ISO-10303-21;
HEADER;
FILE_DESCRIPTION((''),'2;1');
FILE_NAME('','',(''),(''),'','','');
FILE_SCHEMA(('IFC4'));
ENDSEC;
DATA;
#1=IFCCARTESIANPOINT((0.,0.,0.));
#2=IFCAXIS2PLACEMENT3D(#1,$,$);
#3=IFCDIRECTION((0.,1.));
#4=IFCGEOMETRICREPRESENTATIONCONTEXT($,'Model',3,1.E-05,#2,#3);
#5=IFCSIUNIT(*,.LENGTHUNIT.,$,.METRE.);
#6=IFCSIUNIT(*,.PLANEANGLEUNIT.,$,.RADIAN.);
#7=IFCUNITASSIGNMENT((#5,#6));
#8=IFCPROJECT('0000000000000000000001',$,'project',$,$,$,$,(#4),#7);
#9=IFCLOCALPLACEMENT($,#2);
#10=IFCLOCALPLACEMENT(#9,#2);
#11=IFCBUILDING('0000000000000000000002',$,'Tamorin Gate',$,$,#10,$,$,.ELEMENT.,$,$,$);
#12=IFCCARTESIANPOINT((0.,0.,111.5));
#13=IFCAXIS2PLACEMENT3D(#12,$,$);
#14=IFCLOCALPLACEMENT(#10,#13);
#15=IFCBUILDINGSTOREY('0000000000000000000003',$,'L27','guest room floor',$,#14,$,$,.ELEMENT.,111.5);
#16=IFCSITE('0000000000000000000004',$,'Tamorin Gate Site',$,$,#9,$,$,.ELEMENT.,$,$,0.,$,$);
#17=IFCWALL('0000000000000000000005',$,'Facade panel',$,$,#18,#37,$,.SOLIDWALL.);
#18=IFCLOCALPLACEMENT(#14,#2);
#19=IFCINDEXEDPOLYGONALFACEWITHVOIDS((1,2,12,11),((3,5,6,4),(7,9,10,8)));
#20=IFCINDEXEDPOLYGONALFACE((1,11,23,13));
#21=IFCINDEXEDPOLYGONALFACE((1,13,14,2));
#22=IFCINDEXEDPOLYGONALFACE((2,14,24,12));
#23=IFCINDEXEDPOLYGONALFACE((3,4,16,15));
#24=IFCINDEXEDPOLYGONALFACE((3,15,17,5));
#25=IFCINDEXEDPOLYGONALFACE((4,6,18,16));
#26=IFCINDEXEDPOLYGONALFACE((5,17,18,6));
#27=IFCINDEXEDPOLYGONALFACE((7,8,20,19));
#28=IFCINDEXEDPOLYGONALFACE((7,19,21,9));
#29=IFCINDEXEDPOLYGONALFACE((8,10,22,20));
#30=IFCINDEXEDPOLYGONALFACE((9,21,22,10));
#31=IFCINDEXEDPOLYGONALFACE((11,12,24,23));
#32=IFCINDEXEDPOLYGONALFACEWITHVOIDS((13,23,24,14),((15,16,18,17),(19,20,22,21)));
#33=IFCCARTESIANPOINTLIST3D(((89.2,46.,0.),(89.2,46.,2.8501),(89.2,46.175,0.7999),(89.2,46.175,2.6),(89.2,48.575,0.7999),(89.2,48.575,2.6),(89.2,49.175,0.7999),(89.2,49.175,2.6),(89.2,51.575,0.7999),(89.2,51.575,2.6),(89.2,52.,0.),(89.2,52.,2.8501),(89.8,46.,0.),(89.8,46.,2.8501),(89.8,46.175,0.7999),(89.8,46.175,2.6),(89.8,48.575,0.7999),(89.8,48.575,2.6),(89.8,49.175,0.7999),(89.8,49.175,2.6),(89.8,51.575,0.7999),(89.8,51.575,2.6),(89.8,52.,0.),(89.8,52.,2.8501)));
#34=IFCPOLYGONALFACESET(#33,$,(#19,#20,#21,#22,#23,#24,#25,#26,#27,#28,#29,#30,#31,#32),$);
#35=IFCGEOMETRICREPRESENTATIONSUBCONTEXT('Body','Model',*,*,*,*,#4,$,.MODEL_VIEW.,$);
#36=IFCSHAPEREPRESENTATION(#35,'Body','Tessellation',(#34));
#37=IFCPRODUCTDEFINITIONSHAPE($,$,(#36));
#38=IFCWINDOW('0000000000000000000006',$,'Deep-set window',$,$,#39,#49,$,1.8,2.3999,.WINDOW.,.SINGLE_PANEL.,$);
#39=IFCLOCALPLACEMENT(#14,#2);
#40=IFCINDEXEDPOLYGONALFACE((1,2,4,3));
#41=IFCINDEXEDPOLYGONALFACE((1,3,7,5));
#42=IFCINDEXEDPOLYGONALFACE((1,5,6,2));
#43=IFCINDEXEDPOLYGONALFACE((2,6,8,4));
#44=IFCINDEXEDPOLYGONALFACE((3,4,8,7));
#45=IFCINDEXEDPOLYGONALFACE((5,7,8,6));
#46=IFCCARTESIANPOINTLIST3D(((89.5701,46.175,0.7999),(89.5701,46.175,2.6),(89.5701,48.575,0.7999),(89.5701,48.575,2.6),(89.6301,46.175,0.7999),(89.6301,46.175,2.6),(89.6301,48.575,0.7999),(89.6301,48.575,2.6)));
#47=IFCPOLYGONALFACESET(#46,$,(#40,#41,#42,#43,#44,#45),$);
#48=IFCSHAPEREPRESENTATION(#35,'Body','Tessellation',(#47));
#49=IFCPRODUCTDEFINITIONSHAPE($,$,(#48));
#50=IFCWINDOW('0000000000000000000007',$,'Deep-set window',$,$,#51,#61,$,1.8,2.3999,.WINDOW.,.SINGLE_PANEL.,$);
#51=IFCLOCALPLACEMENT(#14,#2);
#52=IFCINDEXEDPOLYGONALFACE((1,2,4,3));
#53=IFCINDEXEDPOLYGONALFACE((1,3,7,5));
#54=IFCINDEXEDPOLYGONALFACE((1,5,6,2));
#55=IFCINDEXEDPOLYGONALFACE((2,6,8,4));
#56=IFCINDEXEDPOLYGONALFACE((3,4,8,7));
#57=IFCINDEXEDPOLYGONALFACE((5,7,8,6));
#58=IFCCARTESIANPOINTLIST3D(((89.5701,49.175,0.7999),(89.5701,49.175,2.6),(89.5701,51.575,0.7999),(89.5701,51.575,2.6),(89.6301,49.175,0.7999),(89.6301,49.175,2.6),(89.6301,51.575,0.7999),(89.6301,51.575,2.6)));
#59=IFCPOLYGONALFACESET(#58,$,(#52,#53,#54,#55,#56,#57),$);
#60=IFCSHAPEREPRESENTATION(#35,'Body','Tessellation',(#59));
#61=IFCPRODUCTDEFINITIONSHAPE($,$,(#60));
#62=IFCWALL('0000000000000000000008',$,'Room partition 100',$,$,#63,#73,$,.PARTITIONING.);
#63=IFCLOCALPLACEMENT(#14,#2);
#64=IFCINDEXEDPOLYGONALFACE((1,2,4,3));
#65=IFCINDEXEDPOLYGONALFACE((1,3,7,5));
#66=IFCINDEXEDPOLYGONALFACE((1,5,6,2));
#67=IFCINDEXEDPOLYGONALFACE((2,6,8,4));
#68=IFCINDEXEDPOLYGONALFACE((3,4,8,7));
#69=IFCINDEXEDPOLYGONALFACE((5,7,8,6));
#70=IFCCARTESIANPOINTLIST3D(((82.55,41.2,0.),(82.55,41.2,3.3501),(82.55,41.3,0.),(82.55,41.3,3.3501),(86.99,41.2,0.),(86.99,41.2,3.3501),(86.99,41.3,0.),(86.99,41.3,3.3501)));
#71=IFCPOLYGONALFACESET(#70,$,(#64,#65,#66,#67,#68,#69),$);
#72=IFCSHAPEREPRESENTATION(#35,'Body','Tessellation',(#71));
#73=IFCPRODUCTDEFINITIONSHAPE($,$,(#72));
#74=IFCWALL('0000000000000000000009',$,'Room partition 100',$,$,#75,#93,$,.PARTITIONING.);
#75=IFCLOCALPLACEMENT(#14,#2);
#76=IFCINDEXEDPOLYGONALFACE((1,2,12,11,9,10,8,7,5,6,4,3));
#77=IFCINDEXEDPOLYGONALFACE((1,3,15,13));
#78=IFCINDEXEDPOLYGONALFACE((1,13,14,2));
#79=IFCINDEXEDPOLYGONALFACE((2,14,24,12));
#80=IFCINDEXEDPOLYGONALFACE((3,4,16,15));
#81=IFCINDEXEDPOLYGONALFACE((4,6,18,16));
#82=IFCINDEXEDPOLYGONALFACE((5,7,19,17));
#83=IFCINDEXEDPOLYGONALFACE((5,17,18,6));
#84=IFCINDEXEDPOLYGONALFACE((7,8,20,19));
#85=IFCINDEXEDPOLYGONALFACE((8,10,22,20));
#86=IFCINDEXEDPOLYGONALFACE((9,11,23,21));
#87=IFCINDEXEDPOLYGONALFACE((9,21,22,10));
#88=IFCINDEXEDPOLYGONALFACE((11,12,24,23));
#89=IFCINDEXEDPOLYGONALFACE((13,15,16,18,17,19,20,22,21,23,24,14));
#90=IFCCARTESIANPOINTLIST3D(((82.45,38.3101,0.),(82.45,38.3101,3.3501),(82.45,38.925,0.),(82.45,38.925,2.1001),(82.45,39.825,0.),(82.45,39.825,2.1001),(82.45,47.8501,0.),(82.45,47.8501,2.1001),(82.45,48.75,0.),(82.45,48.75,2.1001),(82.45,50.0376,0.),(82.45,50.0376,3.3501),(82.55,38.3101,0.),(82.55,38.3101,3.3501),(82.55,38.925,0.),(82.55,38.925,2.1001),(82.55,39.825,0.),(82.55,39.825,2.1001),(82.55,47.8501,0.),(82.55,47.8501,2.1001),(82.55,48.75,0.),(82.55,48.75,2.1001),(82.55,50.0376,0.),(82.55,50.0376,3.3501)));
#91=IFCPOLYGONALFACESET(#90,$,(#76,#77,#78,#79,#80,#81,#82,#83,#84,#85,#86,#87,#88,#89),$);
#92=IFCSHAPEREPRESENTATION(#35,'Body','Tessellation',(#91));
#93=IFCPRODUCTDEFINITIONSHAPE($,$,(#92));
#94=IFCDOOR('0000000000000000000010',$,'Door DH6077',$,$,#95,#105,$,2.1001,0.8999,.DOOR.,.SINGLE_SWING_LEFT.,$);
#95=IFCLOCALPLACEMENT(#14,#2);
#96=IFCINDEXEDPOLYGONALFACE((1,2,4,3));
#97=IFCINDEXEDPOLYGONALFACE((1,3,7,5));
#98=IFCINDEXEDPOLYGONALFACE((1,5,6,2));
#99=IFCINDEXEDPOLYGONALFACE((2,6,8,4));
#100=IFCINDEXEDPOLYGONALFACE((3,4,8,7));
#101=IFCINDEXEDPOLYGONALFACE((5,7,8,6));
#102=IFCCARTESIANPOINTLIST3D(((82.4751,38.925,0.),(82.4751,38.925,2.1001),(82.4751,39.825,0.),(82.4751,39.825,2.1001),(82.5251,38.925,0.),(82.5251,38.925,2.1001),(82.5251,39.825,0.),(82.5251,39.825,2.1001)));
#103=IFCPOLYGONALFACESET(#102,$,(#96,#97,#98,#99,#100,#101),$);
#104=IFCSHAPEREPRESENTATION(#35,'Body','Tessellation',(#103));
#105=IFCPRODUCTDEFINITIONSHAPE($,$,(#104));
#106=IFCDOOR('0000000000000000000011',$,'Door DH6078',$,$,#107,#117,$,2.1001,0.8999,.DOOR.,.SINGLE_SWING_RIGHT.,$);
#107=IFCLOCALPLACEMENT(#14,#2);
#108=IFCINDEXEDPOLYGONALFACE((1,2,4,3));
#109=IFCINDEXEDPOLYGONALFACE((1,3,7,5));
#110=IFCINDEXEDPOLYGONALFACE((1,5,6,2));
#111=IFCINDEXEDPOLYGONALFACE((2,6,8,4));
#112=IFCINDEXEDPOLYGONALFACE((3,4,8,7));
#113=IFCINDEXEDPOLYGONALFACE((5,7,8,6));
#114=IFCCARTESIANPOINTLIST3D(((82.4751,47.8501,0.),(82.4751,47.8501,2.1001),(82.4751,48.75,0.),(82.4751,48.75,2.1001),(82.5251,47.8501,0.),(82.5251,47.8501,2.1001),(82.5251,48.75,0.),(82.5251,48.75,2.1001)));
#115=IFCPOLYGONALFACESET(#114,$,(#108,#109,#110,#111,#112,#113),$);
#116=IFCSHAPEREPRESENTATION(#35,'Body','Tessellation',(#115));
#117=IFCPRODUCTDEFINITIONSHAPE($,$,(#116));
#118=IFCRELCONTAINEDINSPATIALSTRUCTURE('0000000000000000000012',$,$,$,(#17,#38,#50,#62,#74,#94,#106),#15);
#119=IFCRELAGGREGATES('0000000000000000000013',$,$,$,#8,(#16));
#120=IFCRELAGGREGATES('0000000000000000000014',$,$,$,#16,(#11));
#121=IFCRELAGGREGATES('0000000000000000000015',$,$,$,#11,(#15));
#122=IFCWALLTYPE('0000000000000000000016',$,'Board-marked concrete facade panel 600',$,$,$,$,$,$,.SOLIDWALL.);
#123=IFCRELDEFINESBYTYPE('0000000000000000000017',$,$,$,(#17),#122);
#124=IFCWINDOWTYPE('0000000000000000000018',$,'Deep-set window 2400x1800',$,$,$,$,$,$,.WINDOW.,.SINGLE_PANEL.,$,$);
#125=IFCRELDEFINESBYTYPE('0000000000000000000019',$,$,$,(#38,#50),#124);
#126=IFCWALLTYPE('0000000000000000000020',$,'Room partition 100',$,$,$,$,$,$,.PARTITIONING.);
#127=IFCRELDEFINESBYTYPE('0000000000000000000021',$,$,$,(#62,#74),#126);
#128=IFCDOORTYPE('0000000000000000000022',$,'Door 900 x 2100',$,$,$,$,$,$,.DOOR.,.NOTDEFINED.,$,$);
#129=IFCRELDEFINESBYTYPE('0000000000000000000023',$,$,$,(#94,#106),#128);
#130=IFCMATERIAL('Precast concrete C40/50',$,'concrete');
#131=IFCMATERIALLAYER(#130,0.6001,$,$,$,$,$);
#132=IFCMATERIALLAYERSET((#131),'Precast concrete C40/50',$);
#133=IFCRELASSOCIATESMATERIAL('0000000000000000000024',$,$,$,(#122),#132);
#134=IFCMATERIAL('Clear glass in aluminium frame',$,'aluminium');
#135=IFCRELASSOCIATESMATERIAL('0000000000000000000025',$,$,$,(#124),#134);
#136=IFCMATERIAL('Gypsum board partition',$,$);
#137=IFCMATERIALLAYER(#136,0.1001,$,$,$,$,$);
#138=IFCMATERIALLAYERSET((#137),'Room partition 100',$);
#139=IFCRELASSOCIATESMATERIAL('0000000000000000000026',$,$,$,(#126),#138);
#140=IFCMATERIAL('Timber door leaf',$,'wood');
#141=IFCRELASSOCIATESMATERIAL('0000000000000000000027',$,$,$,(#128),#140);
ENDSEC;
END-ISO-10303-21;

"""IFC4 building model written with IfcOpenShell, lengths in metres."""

from ifc_helpers import new_model, si_unit, direction, frame, frame_2d, origin, place, context, subcontext, project, spatial, rectangle, extrude, material, layer, layer_set, type_object, element, fill, save


model = new_model("IFC4")

# Units and contexts
model_context = context("Model", 3, precision=1e-05, world=origin(), true_north=direction((0.0, 1.0)))
body_context = subcontext(model_context, "Body", "Model", "MODEL_VIEW")
ifc_project = project(units=[si_unit("LENGTHUNIT", "METRE"), si_unit("PLANEANGLEUNIT", "RADIAN")], contexts=[model_context])

# Site, building, storey
site_placement = place(None, origin())
site = spatial("IfcSite", under=ifc_project, at=site_placement, Name="Tamorin Gate Site", CompositionType="ELEMENT", RefElevation=0.0)
building_placement = place(site_placement, origin())
building = spatial("IfcBuilding", under=site, at=building_placement, Name="Tamorin Gate", CompositionType="ELEMENT")
storey_placement = place(building_placement, frame((0.0, 0.0, 111.5)))
storey = spatial("IfcBuildingStorey", under=building, at=storey_placement, Name="L27", Description="guest room floor", CompositionType="ELEMENT", Elevation=111.5)

# Shared definitions
ifc_material_1 = material(Name="Precast concrete C40/50", Category="concrete")
ifc_layer_1 = layer(ifc_material_1, 0.6001)
ifc_layer_set_1 = layer_set([ifc_layer_1], Name="Precast concrete C40/50")
wall_type_1 = type_object("IfcWallType", Name="Board-marked concrete facade panel 600", PredefinedType="SOLIDWALL", material=ifc_layer_set_1)
ifc_material_2 = material(Name="Clear glass in aluminium frame", Category="aluminium")
window_type = type_object("IfcWindowType", Name="Deep-set window 2400x1800", PartitioningType="SINGLE_PANEL", PredefinedType="WINDOW", material=ifc_material_2)

# Wall, openings, windows
wall_1_placement = place(storey_placement, frame((89.5, 46.0, 0.0), z_axis=(0.0, 0.0, 1.0), x_axis=(0.0, 1.0, 0.0)))
wall_1 = element("IfcWall", 1, at=wall_1_placement, inside=storey, type_object=wall_type_1, Name="Facade panel", PredefinedType="SOLIDWALL", context=body_context, shape_type="SweptSolid", body=[
    extrude(rectangle(XDim=6.0, YDim=0.6001, at=frame_2d((3.0, 0.0))), origin(), (0.0, 0.0, 1.0), 2.8501),
])
opening_1_placement = place(wall_1_placement, frame((0.175, 0.0, 0.8)))
opening_1 = element("IfcOpeningElement", 2, at=opening_1_placement, cuts=wall_1, PredefinedType="OPENING", context=body_context, shape_type="SweptSolid", body=[
    extrude(rectangle(XDim=2.3999, YDim=1.8, at=frame_2d((1.2, 0.8999))), frame((0.0, 0.3101, 0.0), z_axis=(0.0, -1.0, 0.0), x_axis=(1.0, 0.0, 0.0)), (0.0, 0.0, 1.0), 0.6201),
])
opening_2_placement = place(wall_1_placement, frame((3.175, 0.0, 0.8)))
opening_2 = element("IfcOpeningElement", 3, at=opening_2_placement, cuts=wall_1, PredefinedType="OPENING", context=body_context, shape_type="SweptSolid", body=[
    extrude(rectangle(XDim=2.3999, YDim=1.8, at=frame_2d((1.2, 0.8999))), frame((0.0, 0.3101, 0.0), z_axis=(0.0, -1.0, 0.0), x_axis=(1.0, 0.0, 0.0)), (0.0, 0.0, 1.0), 0.6201),
])
window_1_placement = place(opening_1_placement, origin())
window_1 = element("IfcWindow", 4, at=window_1_placement, inside=storey, type_object=window_type, Name="Deep-set window", OverallHeight=1.8, OverallWidth=2.3999, PartitioningType="SINGLE_PANEL", PredefinedType="WINDOW", context=body_context, shape_type="SweptSolid", body=[
    extrude(rectangle(XDim=2.3999, YDim=1.8, at=frame_2d((1.2, 0.8999))), frame((0.0, -0.0701, 0.0), z_axis=(0.0, -1.0, 0.0), x_axis=(1.0, 0.0, 0.0)), (0.0, 0.0, 1.0), 0.0601),
])
fill(opening_1, window_1)
window_2_placement = place(opening_2_placement, origin())
window_2 = element("IfcWindow", 5, at=window_2_placement, inside=storey, type_object=window_type, Name="Deep-set window", OverallHeight=1.8, OverallWidth=2.3999, PartitioningType="SINGLE_PANEL", PredefinedType="WINDOW", context=body_context, shape_type="SweptSolid", body=[
    extrude(rectangle(XDim=2.3999, YDim=1.8, at=frame_2d((1.2, 0.8999))), frame((0.0, -0.0701, 0.0), z_axis=(0.0, -1.0, 0.0), x_axis=(1.0, 0.0, 0.0)), (0.0, 0.0, 1.0), 0.0601),
])
fill(opening_2, window_2)

# Wall
ifc_material_3 = material(Name="Gypsum board partition")
ifc_layer_2 = layer(ifc_material_3, 0.1001)
ifc_layer_set_2 = layer_set([ifc_layer_2], Name="Room partition 100")
wall_type_2 = type_object("IfcWallType", Name="Room partition 100", PredefinedType="PARTITIONING", material=ifc_layer_set_2)
wall_2_placement = place(storey_placement, frame((82.55, 41.25, 0.0), z_axis=(0.0, 0.0, 1.0), x_axis=(1.0, 0.0, 0.0)))
element("IfcWall", 6, at=wall_2_placement, inside=storey, type_object=wall_type_2, Name="Room partition 100", PredefinedType="PARTITIONING", context=body_context, shape_type="SweptSolid", body=[
    extrude(rectangle(XDim=4.4399, YDim=0.1001, at=frame_2d((2.22, 0.0))), origin(), (0.0, 0.0, 1.0), 3.3501),
])

# Wall, openings, doors
wall_3_placement = place(storey_placement, frame((82.5, 38.3101, 0.0), z_axis=(0.0, 0.0, 1.0), x_axis=(0.0, 1.0, 0.0)))
wall_3 = element("IfcWall", 7, at=wall_3_placement, inside=storey, type_object=wall_type_2, Name="Room partition 100", PredefinedType="PARTITIONING", context=body_context, shape_type="SweptSolid", body=[
    extrude(rectangle(XDim=11.7275, YDim=0.1001, at=frame_2d((5.8638, 0.0))), origin(), (0.0, 0.0, 1.0), 3.3501),
])
opening_3_placement = place(wall_3_placement, frame((0.615, 0.0, 0.0)))
opening_3 = element("IfcOpeningElement", 8, at=opening_3_placement, cuts=wall_3, PredefinedType="OPENING", context=body_context, shape_type="SweptSolid", body=[
    extrude(rectangle(XDim=0.8999, YDim=2.1001, at=frame_2d((0.45, 1.05))), frame((0.0, 0.0601, 0.0), z_axis=(0.0, -1.0, 0.0), x_axis=(1.0, 0.0, 0.0)), (0.0, 0.0, 1.0), 0.1201),
])
opening_4_placement = place(wall_3_placement, frame((9.54, 0.0, 0.0)))
opening_4 = element("IfcOpeningElement", 9, at=opening_4_placement, cuts=wall_3, PredefinedType="OPENING", context=body_context, shape_type="SweptSolid", body=[
    extrude(rectangle(XDim=0.8999, YDim=2.1001, at=frame_2d((0.45, 1.05))), frame((0.0, 0.0601, 0.0), z_axis=(0.0, -1.0, 0.0), x_axis=(1.0, 0.0, 0.0)), (0.0, 0.0, 1.0), 0.1201),
])
ifc_material_4 = material(Name="Timber door leaf", Category="wood")
door_type = type_object("IfcDoorType", Name="Door 900 x 2100", OperationType="NOTDEFINED", PredefinedType="DOOR", material=ifc_material_4)
door_1_placement = place(opening_3_placement, origin())
door_1 = element("IfcDoor", 10, at=door_1_placement, inside=storey, type_object=door_type, Name="Door DH6077", OperationType="SINGLE_SWING_LEFT", OverallHeight=2.1001, OverallWidth=0.8999, PredefinedType="DOOR", context=body_context, shape_type="SweptSolid", body=[
    extrude(rectangle(XDim=0.8999, YDim=2.1001, at=frame_2d((0.45, 1.05))), frame((0.0, 0.0249, 0.0), z_axis=(0.0, -1.0, 0.0), x_axis=(1.0, 0.0, 0.0)), (0.0, 0.0, 1.0), 0.05),
])
fill(opening_3, door_1)
door_2_placement = place(opening_4_placement, origin())
door_2 = element("IfcDoor", 11, at=door_2_placement, inside=storey, type_object=door_type, Name="Door DH6078", OperationType="SINGLE_SWING_RIGHT", OverallHeight=2.1001, OverallWidth=0.8999, PredefinedType="DOOR", context=body_context, shape_type="SweptSolid", body=[
    extrude(rectangle(XDim=0.8999, YDim=2.1001, at=frame_2d((0.45, 1.05))), frame((0.0, 0.0249, 0.0), z_axis=(0.0, -1.0, 0.0), x_axis=(1.0, 0.0, 0.0)), (0.0, 0.0, 1.0), 0.05),
])
fill(opening_4, door_2)

save(model, "model.ifc")
